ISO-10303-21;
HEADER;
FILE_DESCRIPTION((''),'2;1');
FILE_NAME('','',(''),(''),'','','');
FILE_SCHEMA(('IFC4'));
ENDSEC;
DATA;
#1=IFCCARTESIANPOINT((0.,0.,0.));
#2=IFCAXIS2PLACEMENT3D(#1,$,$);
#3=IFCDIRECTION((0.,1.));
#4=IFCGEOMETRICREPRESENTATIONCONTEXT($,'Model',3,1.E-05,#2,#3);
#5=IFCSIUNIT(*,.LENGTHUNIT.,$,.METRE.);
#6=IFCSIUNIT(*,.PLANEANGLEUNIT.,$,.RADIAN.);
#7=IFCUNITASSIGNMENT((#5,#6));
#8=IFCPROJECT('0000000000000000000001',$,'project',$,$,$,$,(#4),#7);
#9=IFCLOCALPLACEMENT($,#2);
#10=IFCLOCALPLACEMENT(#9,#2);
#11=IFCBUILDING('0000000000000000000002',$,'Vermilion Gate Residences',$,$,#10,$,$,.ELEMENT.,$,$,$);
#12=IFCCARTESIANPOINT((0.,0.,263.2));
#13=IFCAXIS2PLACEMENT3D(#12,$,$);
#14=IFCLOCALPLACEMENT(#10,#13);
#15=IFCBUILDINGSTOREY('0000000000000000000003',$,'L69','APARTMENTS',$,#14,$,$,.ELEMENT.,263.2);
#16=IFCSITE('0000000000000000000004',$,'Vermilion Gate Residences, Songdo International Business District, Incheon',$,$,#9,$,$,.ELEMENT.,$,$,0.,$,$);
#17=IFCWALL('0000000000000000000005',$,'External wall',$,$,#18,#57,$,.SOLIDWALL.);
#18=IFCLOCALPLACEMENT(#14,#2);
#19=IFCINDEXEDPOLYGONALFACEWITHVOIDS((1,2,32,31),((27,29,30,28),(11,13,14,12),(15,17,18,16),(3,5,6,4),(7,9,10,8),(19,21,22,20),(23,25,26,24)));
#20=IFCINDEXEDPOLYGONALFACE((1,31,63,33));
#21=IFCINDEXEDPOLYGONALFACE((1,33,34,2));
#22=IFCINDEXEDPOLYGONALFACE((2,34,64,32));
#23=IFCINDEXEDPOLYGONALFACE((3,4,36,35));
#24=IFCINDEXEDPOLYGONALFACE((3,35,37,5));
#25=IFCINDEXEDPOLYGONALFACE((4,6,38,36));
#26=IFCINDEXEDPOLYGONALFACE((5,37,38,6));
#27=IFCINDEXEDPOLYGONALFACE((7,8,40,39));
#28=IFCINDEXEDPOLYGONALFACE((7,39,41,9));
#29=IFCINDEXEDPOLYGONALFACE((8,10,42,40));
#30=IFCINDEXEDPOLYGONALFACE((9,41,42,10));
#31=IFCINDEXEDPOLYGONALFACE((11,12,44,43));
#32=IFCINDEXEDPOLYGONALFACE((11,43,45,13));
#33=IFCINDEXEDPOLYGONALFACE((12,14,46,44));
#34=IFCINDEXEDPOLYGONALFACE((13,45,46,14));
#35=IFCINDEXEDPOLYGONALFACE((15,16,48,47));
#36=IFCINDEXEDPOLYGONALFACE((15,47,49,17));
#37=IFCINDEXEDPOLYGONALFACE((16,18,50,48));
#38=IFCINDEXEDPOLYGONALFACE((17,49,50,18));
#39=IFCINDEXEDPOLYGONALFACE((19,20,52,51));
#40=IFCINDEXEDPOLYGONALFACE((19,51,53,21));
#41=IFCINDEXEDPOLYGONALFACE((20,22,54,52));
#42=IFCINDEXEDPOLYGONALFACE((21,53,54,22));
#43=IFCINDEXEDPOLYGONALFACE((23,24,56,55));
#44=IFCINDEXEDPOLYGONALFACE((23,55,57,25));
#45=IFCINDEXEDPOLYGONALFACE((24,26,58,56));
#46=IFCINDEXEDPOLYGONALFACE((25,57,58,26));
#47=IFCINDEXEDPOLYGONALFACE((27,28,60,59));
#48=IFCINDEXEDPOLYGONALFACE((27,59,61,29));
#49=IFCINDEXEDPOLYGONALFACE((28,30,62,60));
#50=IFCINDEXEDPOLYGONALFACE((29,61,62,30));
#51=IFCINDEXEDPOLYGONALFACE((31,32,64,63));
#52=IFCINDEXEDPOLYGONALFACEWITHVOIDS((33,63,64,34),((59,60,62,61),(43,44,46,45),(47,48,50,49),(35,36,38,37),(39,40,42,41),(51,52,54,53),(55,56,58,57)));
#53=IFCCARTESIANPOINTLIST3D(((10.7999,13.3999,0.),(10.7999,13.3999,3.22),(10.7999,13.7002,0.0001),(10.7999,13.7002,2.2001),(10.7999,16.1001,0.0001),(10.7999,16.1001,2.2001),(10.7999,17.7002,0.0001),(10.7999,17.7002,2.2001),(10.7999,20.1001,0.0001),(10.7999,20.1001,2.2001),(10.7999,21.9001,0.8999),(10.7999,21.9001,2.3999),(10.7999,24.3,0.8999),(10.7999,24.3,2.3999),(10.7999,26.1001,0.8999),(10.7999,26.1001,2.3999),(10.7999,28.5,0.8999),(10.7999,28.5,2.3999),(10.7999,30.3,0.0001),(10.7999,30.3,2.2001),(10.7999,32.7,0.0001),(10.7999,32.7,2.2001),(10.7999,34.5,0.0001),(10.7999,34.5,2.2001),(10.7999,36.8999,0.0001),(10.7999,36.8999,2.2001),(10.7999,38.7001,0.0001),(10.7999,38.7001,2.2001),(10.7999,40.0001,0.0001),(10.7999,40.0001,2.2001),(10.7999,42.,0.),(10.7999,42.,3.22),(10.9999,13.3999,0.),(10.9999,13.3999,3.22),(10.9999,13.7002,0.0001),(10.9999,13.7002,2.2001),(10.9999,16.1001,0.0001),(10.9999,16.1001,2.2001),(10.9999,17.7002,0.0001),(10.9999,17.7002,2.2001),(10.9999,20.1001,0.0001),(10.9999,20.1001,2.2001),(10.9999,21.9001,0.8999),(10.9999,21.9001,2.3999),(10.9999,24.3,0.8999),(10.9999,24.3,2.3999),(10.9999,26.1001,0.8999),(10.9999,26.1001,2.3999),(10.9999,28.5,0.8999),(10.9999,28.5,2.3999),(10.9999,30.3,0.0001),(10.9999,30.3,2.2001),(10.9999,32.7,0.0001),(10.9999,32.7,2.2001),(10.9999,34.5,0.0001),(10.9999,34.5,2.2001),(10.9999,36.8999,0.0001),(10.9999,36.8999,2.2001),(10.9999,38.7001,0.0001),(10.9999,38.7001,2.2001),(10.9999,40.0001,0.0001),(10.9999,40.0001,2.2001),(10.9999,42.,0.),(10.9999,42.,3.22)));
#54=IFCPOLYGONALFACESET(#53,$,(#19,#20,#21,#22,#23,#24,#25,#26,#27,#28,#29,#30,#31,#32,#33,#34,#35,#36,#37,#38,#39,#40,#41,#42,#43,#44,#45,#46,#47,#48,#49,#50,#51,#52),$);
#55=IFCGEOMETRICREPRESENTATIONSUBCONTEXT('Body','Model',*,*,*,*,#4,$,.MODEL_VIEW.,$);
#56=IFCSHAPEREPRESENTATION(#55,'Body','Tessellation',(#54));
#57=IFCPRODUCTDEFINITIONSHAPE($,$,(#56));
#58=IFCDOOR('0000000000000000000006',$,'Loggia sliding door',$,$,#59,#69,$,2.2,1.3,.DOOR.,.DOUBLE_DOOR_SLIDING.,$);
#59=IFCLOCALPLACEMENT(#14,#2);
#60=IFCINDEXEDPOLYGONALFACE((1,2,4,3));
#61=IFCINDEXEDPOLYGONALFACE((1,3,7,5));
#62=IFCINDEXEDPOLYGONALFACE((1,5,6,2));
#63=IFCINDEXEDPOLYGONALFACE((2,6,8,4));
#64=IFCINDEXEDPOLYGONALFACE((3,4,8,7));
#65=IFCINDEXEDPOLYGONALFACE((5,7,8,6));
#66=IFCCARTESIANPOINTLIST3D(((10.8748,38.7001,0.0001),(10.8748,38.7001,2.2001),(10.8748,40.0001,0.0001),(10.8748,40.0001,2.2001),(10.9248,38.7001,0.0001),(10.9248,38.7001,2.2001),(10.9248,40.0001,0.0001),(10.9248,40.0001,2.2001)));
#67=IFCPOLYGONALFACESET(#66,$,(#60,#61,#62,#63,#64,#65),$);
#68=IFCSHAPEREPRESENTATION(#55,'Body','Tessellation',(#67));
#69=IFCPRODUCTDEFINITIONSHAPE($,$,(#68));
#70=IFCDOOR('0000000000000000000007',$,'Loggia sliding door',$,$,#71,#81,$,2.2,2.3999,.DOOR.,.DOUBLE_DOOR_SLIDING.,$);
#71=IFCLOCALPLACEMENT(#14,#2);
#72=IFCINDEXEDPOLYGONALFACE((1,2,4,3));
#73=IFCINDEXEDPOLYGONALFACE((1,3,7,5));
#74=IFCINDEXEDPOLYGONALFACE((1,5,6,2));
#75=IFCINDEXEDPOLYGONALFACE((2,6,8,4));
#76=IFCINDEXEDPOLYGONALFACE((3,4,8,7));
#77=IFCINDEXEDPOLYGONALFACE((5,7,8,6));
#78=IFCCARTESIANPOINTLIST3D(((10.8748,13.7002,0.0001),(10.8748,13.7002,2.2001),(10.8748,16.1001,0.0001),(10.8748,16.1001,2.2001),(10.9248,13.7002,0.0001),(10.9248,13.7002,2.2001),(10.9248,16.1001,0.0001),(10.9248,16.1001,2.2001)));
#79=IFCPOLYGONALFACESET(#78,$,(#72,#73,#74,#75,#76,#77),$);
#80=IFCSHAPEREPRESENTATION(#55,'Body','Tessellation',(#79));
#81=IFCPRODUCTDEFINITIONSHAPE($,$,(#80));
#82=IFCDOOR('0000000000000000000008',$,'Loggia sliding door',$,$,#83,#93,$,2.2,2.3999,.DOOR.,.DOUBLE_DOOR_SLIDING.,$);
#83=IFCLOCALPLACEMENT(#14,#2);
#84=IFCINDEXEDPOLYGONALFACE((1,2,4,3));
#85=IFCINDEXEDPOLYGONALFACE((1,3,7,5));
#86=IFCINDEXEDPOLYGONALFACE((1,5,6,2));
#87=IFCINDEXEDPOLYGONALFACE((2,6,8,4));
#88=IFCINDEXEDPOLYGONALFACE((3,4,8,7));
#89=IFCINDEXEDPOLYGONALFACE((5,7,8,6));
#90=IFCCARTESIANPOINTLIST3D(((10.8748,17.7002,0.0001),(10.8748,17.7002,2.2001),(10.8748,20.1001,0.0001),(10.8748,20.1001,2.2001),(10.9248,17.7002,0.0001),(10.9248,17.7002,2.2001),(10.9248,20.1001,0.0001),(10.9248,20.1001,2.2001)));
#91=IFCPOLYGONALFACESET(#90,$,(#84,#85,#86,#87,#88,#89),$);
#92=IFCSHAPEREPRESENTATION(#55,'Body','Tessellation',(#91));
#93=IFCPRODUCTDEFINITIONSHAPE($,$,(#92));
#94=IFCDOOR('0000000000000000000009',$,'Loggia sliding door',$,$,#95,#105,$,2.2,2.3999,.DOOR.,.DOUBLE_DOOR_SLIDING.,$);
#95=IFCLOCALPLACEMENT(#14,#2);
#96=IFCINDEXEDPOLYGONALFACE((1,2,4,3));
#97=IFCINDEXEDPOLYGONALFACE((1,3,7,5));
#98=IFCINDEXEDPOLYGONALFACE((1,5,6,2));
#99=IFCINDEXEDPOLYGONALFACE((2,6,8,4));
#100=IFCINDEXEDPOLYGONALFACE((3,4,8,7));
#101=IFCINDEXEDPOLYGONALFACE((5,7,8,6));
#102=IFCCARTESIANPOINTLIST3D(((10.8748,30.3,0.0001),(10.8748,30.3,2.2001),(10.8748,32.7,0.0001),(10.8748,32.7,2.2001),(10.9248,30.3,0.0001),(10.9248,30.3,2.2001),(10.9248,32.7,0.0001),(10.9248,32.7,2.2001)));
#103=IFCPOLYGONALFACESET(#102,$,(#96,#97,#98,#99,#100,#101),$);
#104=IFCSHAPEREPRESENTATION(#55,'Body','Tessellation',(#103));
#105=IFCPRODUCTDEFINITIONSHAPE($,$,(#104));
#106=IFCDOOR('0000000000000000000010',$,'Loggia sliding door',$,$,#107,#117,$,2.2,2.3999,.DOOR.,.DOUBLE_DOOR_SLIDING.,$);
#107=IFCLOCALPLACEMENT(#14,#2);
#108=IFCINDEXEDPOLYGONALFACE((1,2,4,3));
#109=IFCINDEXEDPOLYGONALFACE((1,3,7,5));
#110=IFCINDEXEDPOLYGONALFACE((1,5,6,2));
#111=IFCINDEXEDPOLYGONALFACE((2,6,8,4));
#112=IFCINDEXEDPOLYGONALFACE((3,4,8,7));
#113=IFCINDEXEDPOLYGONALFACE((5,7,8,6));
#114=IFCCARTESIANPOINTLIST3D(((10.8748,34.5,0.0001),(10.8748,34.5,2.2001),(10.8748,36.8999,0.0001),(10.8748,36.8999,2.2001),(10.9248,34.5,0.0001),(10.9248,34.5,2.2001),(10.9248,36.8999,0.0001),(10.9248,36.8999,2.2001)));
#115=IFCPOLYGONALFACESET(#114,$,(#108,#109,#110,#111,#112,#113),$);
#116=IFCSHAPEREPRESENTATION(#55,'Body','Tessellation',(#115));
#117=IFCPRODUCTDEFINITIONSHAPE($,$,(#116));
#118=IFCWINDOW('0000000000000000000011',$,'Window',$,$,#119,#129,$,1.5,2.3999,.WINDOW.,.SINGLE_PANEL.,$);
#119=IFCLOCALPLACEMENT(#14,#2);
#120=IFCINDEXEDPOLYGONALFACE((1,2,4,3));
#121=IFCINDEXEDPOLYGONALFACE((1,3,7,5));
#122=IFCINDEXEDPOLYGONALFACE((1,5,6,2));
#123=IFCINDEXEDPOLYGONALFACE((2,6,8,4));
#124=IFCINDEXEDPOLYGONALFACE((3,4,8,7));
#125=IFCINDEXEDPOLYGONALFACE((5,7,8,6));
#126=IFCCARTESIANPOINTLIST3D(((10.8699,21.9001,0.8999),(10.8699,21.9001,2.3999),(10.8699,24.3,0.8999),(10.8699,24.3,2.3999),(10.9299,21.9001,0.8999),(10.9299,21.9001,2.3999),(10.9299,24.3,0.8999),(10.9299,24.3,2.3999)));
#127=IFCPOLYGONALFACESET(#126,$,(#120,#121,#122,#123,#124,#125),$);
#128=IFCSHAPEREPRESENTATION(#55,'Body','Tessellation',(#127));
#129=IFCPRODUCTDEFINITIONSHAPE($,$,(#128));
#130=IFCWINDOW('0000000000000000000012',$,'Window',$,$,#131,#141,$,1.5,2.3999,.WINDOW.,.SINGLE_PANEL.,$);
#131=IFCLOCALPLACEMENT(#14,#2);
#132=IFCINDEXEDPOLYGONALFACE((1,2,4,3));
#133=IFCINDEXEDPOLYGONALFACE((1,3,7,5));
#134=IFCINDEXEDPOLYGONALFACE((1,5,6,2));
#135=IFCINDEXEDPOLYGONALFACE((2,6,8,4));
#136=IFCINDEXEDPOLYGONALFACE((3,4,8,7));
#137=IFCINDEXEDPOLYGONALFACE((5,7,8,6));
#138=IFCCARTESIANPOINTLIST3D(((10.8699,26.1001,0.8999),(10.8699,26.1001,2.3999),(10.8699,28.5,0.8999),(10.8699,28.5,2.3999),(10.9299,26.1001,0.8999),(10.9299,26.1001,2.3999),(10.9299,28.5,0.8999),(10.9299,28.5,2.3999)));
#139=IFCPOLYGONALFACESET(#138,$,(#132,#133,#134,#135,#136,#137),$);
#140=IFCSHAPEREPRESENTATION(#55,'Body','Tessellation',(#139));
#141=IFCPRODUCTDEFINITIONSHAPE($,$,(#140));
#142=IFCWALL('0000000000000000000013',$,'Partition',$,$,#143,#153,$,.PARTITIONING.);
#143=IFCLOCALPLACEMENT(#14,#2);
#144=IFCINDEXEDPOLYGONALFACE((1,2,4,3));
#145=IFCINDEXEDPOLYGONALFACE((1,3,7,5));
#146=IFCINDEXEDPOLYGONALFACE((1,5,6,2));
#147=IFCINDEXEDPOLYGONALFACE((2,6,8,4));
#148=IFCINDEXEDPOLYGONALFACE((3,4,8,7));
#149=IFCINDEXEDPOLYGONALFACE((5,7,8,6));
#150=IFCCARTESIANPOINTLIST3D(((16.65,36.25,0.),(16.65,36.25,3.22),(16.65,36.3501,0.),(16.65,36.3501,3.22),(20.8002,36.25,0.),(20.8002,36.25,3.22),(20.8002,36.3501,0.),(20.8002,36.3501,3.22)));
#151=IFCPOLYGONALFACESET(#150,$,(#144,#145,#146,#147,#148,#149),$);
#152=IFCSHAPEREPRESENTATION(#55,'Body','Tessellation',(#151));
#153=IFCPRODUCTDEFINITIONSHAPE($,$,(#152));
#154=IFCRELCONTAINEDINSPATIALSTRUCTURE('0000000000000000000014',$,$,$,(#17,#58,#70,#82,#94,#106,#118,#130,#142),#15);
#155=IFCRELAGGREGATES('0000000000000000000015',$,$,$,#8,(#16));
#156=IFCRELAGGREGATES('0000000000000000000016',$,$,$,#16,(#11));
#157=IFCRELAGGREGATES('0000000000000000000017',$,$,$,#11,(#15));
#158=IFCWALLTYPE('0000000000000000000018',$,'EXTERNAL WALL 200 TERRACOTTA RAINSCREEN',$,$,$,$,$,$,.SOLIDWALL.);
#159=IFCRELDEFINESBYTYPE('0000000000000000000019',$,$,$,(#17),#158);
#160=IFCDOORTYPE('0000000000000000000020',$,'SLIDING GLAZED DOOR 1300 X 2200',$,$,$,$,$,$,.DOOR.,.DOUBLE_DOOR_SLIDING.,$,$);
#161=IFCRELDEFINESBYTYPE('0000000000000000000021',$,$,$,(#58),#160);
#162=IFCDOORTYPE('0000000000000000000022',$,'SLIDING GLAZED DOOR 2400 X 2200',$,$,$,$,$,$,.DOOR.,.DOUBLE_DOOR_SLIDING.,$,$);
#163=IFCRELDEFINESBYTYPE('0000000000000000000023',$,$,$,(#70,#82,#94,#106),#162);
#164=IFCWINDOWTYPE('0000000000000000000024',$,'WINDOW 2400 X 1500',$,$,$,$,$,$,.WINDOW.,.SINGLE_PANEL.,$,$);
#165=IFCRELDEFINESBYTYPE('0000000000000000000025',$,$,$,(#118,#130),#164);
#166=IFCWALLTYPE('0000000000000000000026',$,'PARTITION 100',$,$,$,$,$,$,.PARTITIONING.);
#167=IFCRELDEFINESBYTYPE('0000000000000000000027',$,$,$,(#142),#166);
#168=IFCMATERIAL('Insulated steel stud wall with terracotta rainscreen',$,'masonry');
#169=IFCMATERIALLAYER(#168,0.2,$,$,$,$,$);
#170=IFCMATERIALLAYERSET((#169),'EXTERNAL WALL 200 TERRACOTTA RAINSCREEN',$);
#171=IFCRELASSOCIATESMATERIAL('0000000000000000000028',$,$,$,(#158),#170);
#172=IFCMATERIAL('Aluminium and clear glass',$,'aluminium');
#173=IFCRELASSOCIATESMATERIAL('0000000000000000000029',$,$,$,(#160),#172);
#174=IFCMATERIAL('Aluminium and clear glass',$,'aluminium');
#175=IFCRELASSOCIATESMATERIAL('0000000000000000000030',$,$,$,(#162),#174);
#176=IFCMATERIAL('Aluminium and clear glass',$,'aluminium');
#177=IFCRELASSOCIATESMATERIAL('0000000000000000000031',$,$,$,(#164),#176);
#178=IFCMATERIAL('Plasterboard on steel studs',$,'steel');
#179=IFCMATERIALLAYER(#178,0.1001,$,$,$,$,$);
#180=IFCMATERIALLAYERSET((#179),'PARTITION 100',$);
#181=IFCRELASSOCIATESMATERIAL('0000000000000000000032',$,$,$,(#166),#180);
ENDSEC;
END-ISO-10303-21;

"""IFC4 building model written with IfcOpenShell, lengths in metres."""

from ifc_helpers import new_model, si_unit, direction, frame, frame_2d, origin, place, context, subcontext, project, spatial, rectangle, extrude, material, layer, layer_set, type_object, element, fill, save


model = new_model("IFC4")

# Units and contexts
model_context = context("Model", 3, precision=1e-05, world=origin(), true_north=direction((0.0, 1.0)))
body_context = subcontext(model_context, "Body", "Model", "MODEL_VIEW")
ifc_project = project(units=[si_unit("LENGTHUNIT", "METRE"), si_unit("PLANEANGLEUNIT", "RADIAN")], contexts=[model_context])

# Site, building, storey
site_placement = place(None, origin())
site = spatial("IfcSite", under=ifc_project, at=site_placement, Name="Vermilion Gate Residences, Songdo International Business District, Incheon", CompositionType="ELEMENT", RefElevation=0.0)
building_placement = place(site_placement, origin())
building = spatial("IfcBuilding", under=site, at=building_placement, Name="Vermilion Gate Residences", CompositionType="ELEMENT")
storey_placement = place(building_placement, frame((0.0, 0.0, 263.2)))
storey = spatial("IfcBuildingStorey", under=building, at=storey_placement, Name="L69", Description="APARTMENTS", CompositionType="ELEMENT", Elevation=263.2)

# Wall, openings, doors, windows
ifc_material_1 = material(Name="Insulated steel stud wall with terracotta rainscreen", Category="masonry")
ifc_layer_1 = layer(ifc_material_1, 0.2)
ifc_layer_set_1 = layer_set([ifc_layer_1], Name="EXTERNAL WALL 200 TERRACOTTA RAINSCREEN")
wall_type_1 = type_object("IfcWallType", Name="EXTERNAL WALL 200 TERRACOTTA RAINSCREEN", PredefinedType="SOLIDWALL", material=ifc_layer_set_1)
wall_1_placement = place(storey_placement, frame((10.8999, 42.0, 0.0), z_axis=(0.0, 0.0, 1.0), x_axis=(0.0, -1.0, 0.0)))
wall_1 = element("IfcWall", 1, at=wall_1_placement, inside=storey, type_object=wall_type_1, Name="External wall", PredefinedType="SOLIDWALL", context=body_context, shape_type="SweptSolid", body=[
    extrude(rectangle(XDim=28.6001, YDim=0.2, at=frame_2d((14.3, 0.0))), origin(), (0.0, 0.0, 1.0), 3.22),
])
opening_1_placement = place(wall_1_placement, frame((25.8999, 0.0, 0.0)))
opening_1 = element("IfcOpeningElement", 2, at=opening_1_placement, cuts=wall_1, PredefinedType="OPENING", context=body_context, shape_type="SweptSolid", body=[
    extrude(rectangle(XDim=2.3999, YDim=2.2, at=frame_2d((1.2, 1.1001))), frame((0.0, 0.1099, 0.0), z_axis=(0.0, -1.0, 0.0), x_axis=(1.0, 0.0, 0.0)), (0.0, 0.0, 1.0), 0.22),
])
opening_2_placement = place(wall_1_placement, frame((21.8999, 0.0, 0.0)))
opening_2 = element("IfcOpeningElement", 3, at=opening_2_placement, cuts=wall_1, PredefinedType="OPENING", context=body_context, shape_type="SweptSolid", body=[
    extrude(rectangle(XDim=2.3999, YDim=2.2, at=frame_2d((1.2, 1.1001))), frame((0.0, 0.1099, 0.0), z_axis=(0.0, -1.0, 0.0), x_axis=(1.0, 0.0, 0.0)), (0.0, 0.0, 1.0), 0.22),
])
opening_3_placement = place(wall_1_placement, frame((17.7, 0.0, 0.8999)))
opening_3 = element("IfcOpeningElement", 4, at=opening_3_placement, cuts=wall_1, PredefinedType="OPENING", context=body_context, shape_type="SweptSolid", body=[
    extrude(rectangle(XDim=2.3999, YDim=1.5, at=frame_2d((1.2, 0.75))), frame((0.0, 0.1099, 0.0), z_axis=(0.0, -1.0, 0.0), x_axis=(1.0, 0.0, 0.0)), (0.0, 0.0, 1.0), 0.22),
])
opening_4_placement = place(wall_1_placement, frame((13.5, 0.0, 0.8999)))
opening_4 = element("IfcOpeningElement", 5, at=opening_4_placement, cuts=wall_1, PredefinedType="OPENING", context=body_context, shape_type="SweptSolid", body=[
    extrude(rectangle(XDim=2.3999, YDim=1.5, at=frame_2d((1.2, 0.75))), frame((0.0, 0.1099, 0.0), z_axis=(0.0, -1.0, 0.0), x_axis=(1.0, 0.0, 0.0)), (0.0, 0.0, 1.0), 0.22),
])
opening_5_placement = place(wall_1_placement, frame((9.3, 0.0, 0.0)))
opening_5 = element("IfcOpeningElement", 6, at=opening_5_placement, cuts=wall_1, PredefinedType="OPENING", context=body_context, shape_type="SweptSolid", body=[
    extrude(rectangle(XDim=2.3999, YDim=2.2, at=frame_2d((1.2, 1.1001))), frame((0.0, 0.1099, 0.0), z_axis=(0.0, -1.0, 0.0), x_axis=(1.0, 0.0, 0.0)), (0.0, 0.0, 1.0), 0.22),
])
opening_6_placement = place(wall_1_placement, frame((5.1001, 0.0, 0.0)))
opening_6 = element("IfcOpeningElement", 7, at=opening_6_placement, cuts=wall_1, PredefinedType="OPENING", context=body_context, shape_type="SweptSolid", body=[
    extrude(rectangle(XDim=2.3999, YDim=2.2, at=frame_2d((1.2, 1.1001))), frame((0.0, 0.1099, 0.0), z_axis=(0.0, -1.0, 0.0), x_axis=(1.0, 0.0, 0.0)), (0.0, 0.0, 1.0), 0.22),
])
opening_7_placement = place(wall_1_placement, frame((2.0, 0.0, 0.0)))
opening_7 = element("IfcOpeningElement", 8, at=opening_7_placement, cuts=wall_1, PredefinedType="OPENING", context=body_context, shape_type="SweptSolid", body=[
    extrude(rectangle(XDim=1.3, YDim=2.2, at=frame_2d((0.6499, 1.1001))), frame((0.0, 0.1099, 0.0), z_axis=(0.0, -1.0, 0.0), x_axis=(1.0, 0.0, 0.0)), (0.0, 0.0, 1.0), 0.22),
])
ifc_material_2 = material(Name="Aluminium and clear glass", Category="aluminium")
door_type_1 = type_object("IfcDoorType", Name="SLIDING GLAZED DOOR 1300 X 2200", OperationType="DOUBLE_DOOR_SLIDING", PredefinedType="DOOR", material=ifc_material_2)
door_1_placement = place(opening_7_placement, origin())
door_1 = element("IfcDoor", 9, at=door_1_placement, inside=storey, type_object=door_type_1, Name="Loggia sliding door", OperationType="DOUBLE_DOOR_SLIDING", OverallHeight=2.2, OverallWidth=1.3, PredefinedType="DOOR", context=body_context, shape_type="SweptSolid", body=[
    extrude(rectangle(XDim=1.3, YDim=2.2, at=frame_2d((0.6499, 1.1001))), frame((0.0, 0.0249, 0.0), z_axis=(0.0, -1.0, 0.0), x_axis=(1.0, 0.0, 0.0)), (0.0, 0.0, 1.0), 0.05),
])
fill(opening_7, door_1)
ifc_material_3 = material(Name="Aluminium and clear glass", Category="aluminium")
door_type_2 = type_object("IfcDoorType", Name="SLIDING GLAZED DOOR 2400 X 2200", OperationType="DOUBLE_DOOR_SLIDING", PredefinedType="DOOR", material=ifc_material_3)
door_2_placement = place(opening_1_placement, origin())
door_2 = element("IfcDoor", 10, at=door_2_placement, inside=storey, type_object=door_type_2, Name="Loggia sliding door", OperationType="DOUBLE_DOOR_SLIDING", OverallHeight=2.2, OverallWidth=2.3999, PredefinedType="DOOR", context=body_context, shape_type="SweptSolid", body=[
    extrude(rectangle(XDim=2.3999, YDim=2.2, at=frame_2d((1.2, 1.1001))), frame((0.0, 0.0249, 0.0), z_axis=(0.0, -1.0, 0.0), x_axis=(1.0, 0.0, 0.0)), (0.0, 0.0, 1.0), 0.05),
])
fill(opening_1, door_2)
door_3_placement = place(opening_2_placement, origin())
door_3 = element("IfcDoor", 11, at=door_3_placement, inside=storey, type_object=door_type_2, Name="Loggia sliding door", OperationType="DOUBLE_DOOR_SLIDING", OverallHeight=2.2, OverallWidth=2.3999, PredefinedType="DOOR", context=body_context, shape_type="SweptSolid", body=[
    extrude(rectangle(XDim=2.3999, YDim=2.2, at=frame_2d((1.2, 1.1001))), frame((0.0, 0.0249, 0.0), z_axis=(0.0, -1.0, 0.0), x_axis=(1.0, 0.0, 0.0)), (0.0, 0.0, 1.0), 0.05),
])
fill(opening_2, door_3)
door_4_placement = place(opening_5_placement, origin())
door_4 = element("IfcDoor", 12, at=door_4_placement, inside=storey, type_object=door_type_2, Name="Loggia sliding door", OperationType="DOUBLE_DOOR_SLIDING", OverallHeight=2.2, OverallWidth=2.3999, PredefinedType="DOOR", context=body_context, shape_type="SweptSolid", body=[
    extrude(rectangle(XDim=2.3999, YDim=2.2, at=frame_2d((1.2, 1.1001))), frame((0.0, 0.0249, 0.0), z_axis=(0.0, -1.0, 0.0), x_axis=(1.0, 0.0, 0.0)), (0.0, 0.0, 1.0), 0.05),
])
fill(opening_5, door_4)
door_5_placement = place(opening_6_placement, origin())
door_5 = element("IfcDoor", 13, at=door_5_placement, inside=storey, type_object=door_type_2, Name="Loggia sliding door", OperationType="DOUBLE_DOOR_SLIDING", OverallHeight=2.2, OverallWidth=2.3999, PredefinedType="DOOR", context=body_context, shape_type="SweptSolid", body=[
    extrude(rectangle(XDim=2.3999, YDim=2.2, at=frame_2d((1.2, 1.1001))), frame((0.0, 0.0249, 0.0), z_axis=(0.0, -1.0, 0.0), x_axis=(1.0, 0.0, 0.0)), (0.0, 0.0, 1.0), 0.05),
])
fill(opening_6, door_5)
ifc_material_4 = material(Name="Aluminium and clear glass", Category="aluminium")
window_type = type_object("IfcWindowType", Name="WINDOW 2400 X 1500", PartitioningType="SINGLE_PANEL", PredefinedType="WINDOW", material=ifc_material_4)
window_1_placement = place(opening_3_placement, origin())
window_1 = element("IfcWindow", 14, at=window_1_placement, inside=storey, type_object=window_type, Name="Window", OverallHeight=1.5, OverallWidth=2.3999, PartitioningType="SINGLE_PANEL", PredefinedType="WINDOW", context=body_context, shape_type="SweptSolid", body=[
    extrude(rectangle(XDim=2.3999, YDim=1.5, at=frame_2d((1.2, 0.75))), frame((0.0, 0.03, 0.0), z_axis=(0.0, -1.0, 0.0), x_axis=(1.0, 0.0, 0.0)), (0.0, 0.0, 1.0), 0.0601),
])
fill(opening_3, window_1)
window_2_placement = place(opening_4_placement, origin())
window_2 = element("IfcWindow", 15, at=window_2_placement, inside=storey, type_object=window_type, Name="Window", OverallHeight=1.5, OverallWidth=2.3999, PartitioningType="SINGLE_PANEL", PredefinedType="WINDOW", context=body_context, shape_type="SweptSolid", body=[
    extrude(rectangle(XDim=2.3999, YDim=1.5, at=frame_2d((1.2, 0.75))), frame((0.0, 0.03, 0.0), z_axis=(0.0, -1.0, 0.0), x_axis=(1.0, 0.0, 0.0)), (0.0, 0.0, 1.0), 0.0601),
])
fill(opening_4, window_2)

# Wall
ifc_material_5 = material(Name="Plasterboard on steel studs", Category="steel")
ifc_layer_2 = layer(ifc_material_5, 0.1001)
ifc_layer_set_2 = layer_set([ifc_layer_2], Name="PARTITION 100")
wall_type_2 = type_object("IfcWallType", Name="PARTITION 100", PredefinedType="PARTITIONING", material=ifc_layer_set_2)
wall_2_placement = place(storey_placement, frame((16.6499, 36.3, 0.0), z_axis=(0.0, 0.0, 1.0), x_axis=(1.0, 0.0, 0.0)))
element("IfcWall", 16, at=wall_2_placement, inside=storey, type_object=wall_type_2, Name="Partition", PredefinedType="PARTITIONING", context=body_context, shape_type="SweptSolid", body=[
    extrude(rectangle(XDim=4.1501, YDim=0.1001, at=frame_2d((2.0752, 0.0))), origin(), (0.0, 0.0, 1.0), 3.22),
])

save(model, "model.ifc")
